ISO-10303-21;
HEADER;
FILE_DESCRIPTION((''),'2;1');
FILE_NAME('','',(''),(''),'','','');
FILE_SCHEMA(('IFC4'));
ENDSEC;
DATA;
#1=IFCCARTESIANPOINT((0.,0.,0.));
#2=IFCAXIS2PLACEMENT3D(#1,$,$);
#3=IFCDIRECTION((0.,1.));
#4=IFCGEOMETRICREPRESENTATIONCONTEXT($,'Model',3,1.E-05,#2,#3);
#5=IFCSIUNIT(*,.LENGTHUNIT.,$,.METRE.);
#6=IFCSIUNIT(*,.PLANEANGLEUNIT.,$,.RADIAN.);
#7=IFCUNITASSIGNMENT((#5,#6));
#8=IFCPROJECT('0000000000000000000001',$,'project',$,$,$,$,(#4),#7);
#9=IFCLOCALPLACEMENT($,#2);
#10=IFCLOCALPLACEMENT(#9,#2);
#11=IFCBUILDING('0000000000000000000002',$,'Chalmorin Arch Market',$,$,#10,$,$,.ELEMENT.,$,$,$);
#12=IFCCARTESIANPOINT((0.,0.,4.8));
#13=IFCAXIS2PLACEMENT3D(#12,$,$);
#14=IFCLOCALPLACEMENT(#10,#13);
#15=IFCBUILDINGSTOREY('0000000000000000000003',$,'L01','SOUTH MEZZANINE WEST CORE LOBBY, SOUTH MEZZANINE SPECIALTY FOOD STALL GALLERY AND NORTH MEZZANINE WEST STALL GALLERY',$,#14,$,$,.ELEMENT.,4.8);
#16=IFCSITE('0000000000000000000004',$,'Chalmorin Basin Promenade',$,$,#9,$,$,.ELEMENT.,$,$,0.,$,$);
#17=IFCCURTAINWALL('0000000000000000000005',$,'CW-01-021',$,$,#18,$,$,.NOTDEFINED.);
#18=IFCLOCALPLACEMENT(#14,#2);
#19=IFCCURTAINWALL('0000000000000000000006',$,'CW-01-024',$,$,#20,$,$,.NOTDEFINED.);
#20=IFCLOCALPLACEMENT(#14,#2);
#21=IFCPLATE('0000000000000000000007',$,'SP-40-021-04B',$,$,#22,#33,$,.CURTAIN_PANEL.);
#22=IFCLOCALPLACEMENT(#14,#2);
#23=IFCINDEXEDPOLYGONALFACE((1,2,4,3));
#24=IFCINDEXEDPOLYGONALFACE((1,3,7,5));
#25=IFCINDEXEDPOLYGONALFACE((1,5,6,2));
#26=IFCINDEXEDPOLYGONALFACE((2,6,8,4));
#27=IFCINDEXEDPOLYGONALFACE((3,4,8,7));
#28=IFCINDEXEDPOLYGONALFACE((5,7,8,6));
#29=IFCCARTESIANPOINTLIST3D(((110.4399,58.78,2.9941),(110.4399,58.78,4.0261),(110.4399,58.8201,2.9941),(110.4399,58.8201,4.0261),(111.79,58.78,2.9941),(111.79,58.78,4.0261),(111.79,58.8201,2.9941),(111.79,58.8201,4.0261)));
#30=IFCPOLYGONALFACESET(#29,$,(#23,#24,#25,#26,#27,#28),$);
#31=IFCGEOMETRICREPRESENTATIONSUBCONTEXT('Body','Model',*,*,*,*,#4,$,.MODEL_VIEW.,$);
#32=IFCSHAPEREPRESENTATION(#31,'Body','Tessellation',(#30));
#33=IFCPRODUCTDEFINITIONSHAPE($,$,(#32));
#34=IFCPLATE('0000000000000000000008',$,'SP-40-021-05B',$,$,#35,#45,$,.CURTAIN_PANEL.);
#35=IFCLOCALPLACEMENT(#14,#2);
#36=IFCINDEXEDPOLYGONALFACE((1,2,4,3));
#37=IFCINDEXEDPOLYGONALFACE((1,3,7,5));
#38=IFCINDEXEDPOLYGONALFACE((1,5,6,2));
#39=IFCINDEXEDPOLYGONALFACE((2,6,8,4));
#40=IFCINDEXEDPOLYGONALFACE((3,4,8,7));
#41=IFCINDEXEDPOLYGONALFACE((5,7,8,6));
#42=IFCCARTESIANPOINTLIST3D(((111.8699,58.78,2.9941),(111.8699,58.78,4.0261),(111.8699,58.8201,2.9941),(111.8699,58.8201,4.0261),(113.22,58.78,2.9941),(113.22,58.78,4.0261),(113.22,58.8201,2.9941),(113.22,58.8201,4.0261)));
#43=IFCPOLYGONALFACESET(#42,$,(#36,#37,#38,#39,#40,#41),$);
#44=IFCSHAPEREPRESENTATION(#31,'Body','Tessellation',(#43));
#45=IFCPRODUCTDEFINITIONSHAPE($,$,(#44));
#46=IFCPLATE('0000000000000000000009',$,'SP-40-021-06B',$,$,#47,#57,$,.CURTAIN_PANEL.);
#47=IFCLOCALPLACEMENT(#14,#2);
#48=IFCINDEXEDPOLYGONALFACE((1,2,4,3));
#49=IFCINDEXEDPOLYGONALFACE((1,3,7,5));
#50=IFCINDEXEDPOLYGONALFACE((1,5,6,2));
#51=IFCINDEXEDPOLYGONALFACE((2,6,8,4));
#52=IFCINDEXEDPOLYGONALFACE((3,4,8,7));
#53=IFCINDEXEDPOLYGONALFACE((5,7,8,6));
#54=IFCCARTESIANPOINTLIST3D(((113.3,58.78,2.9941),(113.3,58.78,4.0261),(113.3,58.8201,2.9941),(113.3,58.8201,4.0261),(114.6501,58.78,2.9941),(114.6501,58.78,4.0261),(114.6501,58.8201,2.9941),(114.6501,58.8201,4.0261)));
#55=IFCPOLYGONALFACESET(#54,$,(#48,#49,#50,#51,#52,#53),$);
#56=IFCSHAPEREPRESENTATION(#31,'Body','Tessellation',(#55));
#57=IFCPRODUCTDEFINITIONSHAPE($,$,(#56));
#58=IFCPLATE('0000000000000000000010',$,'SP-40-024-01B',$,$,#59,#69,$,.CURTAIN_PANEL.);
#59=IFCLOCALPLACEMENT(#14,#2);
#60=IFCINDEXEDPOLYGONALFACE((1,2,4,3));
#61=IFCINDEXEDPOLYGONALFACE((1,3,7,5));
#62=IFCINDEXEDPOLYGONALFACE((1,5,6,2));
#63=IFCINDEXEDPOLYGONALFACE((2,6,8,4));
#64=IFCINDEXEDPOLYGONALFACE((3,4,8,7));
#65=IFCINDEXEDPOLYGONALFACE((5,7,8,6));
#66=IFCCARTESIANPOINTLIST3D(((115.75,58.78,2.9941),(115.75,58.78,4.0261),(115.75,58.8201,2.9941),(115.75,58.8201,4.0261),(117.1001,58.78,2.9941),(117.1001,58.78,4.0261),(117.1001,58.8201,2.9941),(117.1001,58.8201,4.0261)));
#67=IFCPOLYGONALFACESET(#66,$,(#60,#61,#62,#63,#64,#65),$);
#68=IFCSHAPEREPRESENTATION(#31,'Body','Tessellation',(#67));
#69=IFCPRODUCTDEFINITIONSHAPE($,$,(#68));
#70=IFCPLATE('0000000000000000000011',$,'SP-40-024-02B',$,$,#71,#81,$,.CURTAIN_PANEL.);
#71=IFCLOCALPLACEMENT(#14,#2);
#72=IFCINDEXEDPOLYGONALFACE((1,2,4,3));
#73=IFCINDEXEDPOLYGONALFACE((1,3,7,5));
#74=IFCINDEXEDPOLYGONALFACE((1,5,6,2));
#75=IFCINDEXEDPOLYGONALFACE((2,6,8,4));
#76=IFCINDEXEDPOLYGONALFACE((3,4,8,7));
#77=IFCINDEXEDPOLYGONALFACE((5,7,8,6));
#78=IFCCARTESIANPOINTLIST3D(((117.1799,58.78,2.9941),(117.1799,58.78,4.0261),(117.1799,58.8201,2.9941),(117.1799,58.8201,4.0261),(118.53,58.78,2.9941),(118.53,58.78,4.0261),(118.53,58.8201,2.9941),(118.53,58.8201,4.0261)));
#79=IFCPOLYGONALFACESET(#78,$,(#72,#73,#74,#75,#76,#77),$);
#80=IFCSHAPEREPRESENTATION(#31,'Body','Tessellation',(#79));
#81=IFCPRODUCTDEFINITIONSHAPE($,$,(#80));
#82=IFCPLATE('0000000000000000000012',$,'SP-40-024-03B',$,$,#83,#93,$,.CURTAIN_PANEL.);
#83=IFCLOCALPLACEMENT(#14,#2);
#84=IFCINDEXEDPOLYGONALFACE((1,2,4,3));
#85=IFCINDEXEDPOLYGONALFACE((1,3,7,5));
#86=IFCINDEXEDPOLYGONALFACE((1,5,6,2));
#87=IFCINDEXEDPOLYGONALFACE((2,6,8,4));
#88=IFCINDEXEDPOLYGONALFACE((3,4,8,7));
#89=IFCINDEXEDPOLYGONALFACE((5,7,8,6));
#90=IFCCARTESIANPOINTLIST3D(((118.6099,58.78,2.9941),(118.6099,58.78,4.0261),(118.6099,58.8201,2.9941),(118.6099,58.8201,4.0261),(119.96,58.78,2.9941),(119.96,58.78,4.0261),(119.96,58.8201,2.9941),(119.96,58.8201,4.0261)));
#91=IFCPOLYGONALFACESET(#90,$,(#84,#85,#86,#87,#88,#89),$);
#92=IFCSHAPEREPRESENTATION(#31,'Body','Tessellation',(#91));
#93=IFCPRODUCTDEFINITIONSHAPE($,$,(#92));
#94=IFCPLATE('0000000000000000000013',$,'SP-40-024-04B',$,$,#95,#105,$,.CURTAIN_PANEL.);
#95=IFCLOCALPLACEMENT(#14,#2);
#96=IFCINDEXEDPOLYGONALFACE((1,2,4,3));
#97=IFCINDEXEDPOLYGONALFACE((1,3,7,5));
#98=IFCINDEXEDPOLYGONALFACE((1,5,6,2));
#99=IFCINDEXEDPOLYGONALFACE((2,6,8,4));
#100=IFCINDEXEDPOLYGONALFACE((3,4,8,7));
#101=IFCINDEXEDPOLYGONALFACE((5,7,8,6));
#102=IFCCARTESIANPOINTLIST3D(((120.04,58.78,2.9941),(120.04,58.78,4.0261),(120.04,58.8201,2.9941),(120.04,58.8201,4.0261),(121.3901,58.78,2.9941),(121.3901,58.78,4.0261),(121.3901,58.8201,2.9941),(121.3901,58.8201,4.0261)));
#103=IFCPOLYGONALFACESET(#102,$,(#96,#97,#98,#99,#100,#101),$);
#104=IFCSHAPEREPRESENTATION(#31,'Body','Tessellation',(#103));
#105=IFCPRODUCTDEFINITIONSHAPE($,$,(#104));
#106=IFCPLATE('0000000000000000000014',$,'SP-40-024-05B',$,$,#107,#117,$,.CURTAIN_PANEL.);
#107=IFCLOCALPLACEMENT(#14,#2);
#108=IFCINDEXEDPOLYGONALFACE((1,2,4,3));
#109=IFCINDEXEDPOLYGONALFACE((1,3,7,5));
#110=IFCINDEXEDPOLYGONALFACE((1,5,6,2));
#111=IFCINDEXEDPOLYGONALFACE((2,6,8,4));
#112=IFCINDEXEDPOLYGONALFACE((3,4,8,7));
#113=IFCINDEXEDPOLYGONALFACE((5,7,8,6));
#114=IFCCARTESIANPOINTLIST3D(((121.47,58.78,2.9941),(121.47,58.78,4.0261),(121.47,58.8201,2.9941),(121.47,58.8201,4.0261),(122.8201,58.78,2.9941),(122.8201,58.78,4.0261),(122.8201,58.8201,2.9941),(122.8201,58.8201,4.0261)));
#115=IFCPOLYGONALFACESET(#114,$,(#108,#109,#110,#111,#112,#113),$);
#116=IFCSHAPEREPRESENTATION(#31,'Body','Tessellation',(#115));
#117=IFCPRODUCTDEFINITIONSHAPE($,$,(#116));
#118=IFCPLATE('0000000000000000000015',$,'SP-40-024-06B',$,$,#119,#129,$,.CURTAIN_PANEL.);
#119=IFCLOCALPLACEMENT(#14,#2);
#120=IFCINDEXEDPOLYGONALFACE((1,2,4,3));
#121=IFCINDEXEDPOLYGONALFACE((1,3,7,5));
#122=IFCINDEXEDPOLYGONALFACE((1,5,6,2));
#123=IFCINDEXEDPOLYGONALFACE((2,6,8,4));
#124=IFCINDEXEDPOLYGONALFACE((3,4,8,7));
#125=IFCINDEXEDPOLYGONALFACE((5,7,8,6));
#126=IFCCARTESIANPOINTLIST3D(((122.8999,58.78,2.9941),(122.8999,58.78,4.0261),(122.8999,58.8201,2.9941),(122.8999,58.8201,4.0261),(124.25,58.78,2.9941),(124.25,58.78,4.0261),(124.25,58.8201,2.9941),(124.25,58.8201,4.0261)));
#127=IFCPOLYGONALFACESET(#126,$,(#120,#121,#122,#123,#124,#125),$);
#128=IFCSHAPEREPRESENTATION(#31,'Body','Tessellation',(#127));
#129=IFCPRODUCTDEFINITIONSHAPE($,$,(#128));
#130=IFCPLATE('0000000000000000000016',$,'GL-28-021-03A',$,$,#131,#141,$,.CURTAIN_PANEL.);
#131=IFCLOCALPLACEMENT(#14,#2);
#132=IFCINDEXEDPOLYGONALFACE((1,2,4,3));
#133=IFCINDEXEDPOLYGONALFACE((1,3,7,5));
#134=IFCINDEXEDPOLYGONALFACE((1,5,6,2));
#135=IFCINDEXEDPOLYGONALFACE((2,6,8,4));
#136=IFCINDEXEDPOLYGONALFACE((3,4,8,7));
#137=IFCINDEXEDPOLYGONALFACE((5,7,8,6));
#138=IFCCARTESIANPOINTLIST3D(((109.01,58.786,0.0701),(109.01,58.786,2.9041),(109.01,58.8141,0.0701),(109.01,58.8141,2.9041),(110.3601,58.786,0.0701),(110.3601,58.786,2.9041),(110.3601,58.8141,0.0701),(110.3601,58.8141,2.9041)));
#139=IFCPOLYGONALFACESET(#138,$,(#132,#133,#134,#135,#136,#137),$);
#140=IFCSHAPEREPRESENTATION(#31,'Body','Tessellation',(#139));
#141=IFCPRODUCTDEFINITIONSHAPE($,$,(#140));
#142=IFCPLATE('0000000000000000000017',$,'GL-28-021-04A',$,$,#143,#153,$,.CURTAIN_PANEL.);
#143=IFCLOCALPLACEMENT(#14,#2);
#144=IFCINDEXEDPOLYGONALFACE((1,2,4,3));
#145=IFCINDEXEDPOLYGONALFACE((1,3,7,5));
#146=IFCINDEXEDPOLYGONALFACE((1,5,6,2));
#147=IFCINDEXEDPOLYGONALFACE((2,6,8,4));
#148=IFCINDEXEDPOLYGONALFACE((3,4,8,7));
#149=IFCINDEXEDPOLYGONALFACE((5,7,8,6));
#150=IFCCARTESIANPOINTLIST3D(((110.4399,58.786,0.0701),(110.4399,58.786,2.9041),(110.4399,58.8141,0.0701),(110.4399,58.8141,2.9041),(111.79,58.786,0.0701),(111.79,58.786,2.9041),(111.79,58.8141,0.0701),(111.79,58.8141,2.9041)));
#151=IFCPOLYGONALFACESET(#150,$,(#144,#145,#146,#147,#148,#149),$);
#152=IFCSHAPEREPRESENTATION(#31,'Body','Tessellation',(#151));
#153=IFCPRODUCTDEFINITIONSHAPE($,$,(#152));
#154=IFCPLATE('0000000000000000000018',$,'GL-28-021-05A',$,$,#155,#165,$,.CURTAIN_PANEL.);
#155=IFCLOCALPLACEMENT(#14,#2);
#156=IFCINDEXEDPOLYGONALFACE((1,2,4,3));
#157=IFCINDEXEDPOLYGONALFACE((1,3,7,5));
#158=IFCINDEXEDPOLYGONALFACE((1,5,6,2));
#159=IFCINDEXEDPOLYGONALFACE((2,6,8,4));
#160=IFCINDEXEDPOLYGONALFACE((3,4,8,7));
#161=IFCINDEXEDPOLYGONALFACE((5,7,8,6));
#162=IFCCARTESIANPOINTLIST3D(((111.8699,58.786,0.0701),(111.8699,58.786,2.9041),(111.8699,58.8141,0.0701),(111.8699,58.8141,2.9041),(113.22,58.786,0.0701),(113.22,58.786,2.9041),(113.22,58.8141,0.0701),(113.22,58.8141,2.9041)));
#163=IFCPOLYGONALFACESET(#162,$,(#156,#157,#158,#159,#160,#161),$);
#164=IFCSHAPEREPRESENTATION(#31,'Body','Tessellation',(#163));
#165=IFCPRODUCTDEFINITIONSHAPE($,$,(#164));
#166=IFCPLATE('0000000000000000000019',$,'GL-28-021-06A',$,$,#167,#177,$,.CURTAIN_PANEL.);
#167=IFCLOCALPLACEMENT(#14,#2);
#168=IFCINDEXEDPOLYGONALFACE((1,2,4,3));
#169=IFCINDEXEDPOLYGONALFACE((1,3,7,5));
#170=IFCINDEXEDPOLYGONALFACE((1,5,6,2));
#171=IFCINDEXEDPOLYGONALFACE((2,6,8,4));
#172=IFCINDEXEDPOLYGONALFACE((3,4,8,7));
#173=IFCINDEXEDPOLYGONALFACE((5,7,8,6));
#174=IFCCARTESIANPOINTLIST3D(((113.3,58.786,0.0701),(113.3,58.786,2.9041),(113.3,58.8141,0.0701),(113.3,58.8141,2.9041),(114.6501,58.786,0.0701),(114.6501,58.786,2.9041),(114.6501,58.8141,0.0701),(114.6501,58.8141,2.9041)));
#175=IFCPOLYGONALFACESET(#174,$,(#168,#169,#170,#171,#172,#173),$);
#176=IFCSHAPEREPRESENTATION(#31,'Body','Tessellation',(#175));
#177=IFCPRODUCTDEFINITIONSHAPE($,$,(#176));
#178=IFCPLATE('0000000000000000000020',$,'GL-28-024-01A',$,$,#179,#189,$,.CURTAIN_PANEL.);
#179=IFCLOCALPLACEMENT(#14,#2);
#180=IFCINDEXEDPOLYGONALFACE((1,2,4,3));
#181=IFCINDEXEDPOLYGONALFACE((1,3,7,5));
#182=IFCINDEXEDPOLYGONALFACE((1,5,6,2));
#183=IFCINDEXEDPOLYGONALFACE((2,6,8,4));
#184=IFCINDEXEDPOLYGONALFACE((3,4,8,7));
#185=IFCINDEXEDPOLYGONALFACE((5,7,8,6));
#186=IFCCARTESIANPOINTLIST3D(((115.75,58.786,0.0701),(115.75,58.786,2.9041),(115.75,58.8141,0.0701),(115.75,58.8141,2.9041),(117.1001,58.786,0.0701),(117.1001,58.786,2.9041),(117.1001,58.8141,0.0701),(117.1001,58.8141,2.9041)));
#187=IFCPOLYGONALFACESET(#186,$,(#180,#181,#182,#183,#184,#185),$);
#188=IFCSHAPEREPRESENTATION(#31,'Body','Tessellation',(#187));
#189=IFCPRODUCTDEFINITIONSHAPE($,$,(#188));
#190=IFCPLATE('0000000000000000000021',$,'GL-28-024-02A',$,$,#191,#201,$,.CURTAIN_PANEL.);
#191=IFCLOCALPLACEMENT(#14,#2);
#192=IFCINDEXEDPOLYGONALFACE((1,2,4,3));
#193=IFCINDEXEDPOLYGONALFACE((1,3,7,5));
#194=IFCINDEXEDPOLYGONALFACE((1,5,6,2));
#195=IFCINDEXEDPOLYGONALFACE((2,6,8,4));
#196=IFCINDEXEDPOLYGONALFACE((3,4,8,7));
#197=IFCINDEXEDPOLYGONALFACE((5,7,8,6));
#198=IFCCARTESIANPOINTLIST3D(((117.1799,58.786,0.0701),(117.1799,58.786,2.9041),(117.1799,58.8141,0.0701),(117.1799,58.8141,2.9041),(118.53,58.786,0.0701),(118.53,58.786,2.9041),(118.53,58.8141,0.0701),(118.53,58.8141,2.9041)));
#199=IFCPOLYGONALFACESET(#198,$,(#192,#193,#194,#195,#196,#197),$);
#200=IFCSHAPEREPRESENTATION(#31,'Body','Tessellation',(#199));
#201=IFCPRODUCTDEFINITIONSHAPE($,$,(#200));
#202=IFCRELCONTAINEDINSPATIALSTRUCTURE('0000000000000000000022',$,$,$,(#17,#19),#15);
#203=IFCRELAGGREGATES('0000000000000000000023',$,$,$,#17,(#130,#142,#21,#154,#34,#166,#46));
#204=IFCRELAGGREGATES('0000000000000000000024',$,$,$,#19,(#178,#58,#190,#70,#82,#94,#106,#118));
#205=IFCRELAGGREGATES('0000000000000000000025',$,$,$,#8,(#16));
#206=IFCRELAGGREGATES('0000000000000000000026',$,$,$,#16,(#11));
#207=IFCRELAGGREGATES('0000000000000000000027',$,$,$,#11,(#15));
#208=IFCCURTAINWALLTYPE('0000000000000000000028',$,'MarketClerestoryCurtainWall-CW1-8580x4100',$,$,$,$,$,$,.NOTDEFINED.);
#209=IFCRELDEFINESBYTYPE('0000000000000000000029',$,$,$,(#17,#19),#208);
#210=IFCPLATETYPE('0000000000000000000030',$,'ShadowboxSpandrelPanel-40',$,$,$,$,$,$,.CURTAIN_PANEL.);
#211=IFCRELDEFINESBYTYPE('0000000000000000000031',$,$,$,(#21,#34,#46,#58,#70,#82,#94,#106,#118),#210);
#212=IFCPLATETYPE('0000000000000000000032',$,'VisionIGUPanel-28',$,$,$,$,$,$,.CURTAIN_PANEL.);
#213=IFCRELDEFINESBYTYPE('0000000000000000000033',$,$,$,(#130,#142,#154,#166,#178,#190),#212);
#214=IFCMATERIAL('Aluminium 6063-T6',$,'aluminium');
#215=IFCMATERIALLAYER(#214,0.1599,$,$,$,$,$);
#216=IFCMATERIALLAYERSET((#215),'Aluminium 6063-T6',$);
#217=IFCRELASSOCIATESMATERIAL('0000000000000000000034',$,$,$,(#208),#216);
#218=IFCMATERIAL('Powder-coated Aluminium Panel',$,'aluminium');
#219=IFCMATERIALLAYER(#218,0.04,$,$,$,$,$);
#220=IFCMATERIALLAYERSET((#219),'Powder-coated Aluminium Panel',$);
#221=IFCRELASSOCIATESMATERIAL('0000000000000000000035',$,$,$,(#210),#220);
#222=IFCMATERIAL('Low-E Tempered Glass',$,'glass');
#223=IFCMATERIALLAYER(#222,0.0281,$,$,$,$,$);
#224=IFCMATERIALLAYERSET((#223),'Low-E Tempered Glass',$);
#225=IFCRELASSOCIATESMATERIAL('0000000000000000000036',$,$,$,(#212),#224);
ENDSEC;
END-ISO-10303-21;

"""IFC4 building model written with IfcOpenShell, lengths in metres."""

from ifc_helpers import new_model, si_unit, direction, frame, origin, origin_2d, place, context, subcontext, project, spatial, rectangle, extrude, material, layer, layer_set, type_object, element, aggregate, save


model = new_model("IFC4")

# Units and contexts
model_context = context("Model", 3, precision=1e-05, world=origin(), true_north=direction((0.0, 1.0)))
body_context = subcontext(model_context, "Body", "Model", "MODEL_VIEW")
ifc_project = project(units=[si_unit("LENGTHUNIT", "METRE"), si_unit("PLANEANGLEUNIT", "RADIAN")], contexts=[model_context])

# Site, building, storey
site_placement = place(None, origin())
site = spatial("IfcSite", under=ifc_project, at=site_placement, Name="Chalmorin Basin Promenade", CompositionType="ELEMENT", RefElevation=0.0)
building_placement = place(site_placement, origin())
building = spatial("IfcBuilding", under=site, at=building_placement, Name="Chalmorin Arch Market", CompositionType="ELEMENT")
storey_placement = place(building_placement, frame((0.0, 0.0, 4.8)))
storey = spatial("IfcBuildingStorey", under=building, at=storey_placement, Name="L01", Description="SOUTH MEZZANINE WEST CORE LOBBY, SOUTH MEZZANINE SPECIALTY FOOD STALL GALLERY AND NORTH MEZZANINE WEST STALL GALLERY", CompositionType="ELEMENT", Elevation=4.8)

# Curtain walls
ifc_material_1 = material(Name="Aluminium 6063-T6", Category="aluminium")
ifc_layer_1 = layer(ifc_material_1, 0.1599)
ifc_layer_set_1 = layer_set([ifc_layer_1], Name="Aluminium 6063-T6")
curtain_wall_type = type_object("IfcCurtainWallType", Name="MarketClerestoryCurtainWall-CW1-8580x4100", PredefinedType="NOTDEFINED", material=ifc_layer_set_1)
curtain_wall_1_placement = place(storey_placement, origin())
curtain_wall_1 = element("IfcCurtainWall", 1, at=curtain_wall_1_placement, inside=storey, type_object=curtain_wall_type, Name="CW-01-021", PredefinedType="NOTDEFINED")
curtain_wall_2_placement = place(storey_placement, origin())
curtain_wall_2 = element("IfcCurtainWall", 2, at=curtain_wall_2_placement, inside=storey, type_object=curtain_wall_type, Name="CW-01-024", PredefinedType="NOTDEFINED")

# Plates
ifc_material_2 = material(Name="Powder-coated Aluminium Panel", Category="aluminium")
ifc_layer_2 = layer(ifc_material_2, 0.04)
ifc_layer_set_2 = layer_set([ifc_layer_2], Name="Powder-coated Aluminium Panel")
plate_type_1 = type_object("IfcPlateType", Name="ShadowboxSpandrelPanel-40", PredefinedType="CURTAIN_PANEL", material=ifc_layer_set_2)
plate_1_placement = place(storey_placement, frame((111.115, 58.8, 2.9941), z_axis=(0.0, 0.0, 1.0), x_axis=(1.0, 0.0, 0.0)))
plate_1 = element("IfcPlate", 3, at=plate_1_placement, type_object=plate_type_1, Name="SP-40-021-04B", PredefinedType="CURTAIN_PANEL", context=body_context, shape_type="SweptSolid", body=[
    extrude(rectangle(XDim=1.3501, YDim=0.04, at=origin_2d()), origin(), (0.0, 0.0, 1.0), 1.032),
])
plate_2_placement = place(storey_placement, frame((112.5449, 58.8, 2.9941), z_axis=(0.0, 0.0, 1.0), x_axis=(1.0, 0.0, 0.0)))
plate_2 = element("IfcPlate", 4, at=plate_2_placement, type_object=plate_type_1, Name="SP-40-021-05B", PredefinedType="CURTAIN_PANEL", context=body_context, shape_type="SweptSolid", body=[
    extrude(rectangle(XDim=1.3501, YDim=0.04, at=origin_2d()), origin(), (0.0, 0.0, 1.0), 1.032),
])
plate_3_placement = place(storey_placement, frame((113.9751, 58.8, 2.9941), z_axis=(0.0, 0.0, 1.0), x_axis=(1.0, 0.0, 0.0)))
plate_3 = element("IfcPlate", 5, at=plate_3_placement, type_object=plate_type_1, Name="SP-40-021-06B", PredefinedType="CURTAIN_PANEL", context=body_context, shape_type="SweptSolid", body=[
    extrude(rectangle(XDim=1.3501, YDim=0.04, at=origin_2d()), origin(), (0.0, 0.0, 1.0), 1.032),
])
plate_4_placement = place(storey_placement, frame((116.425, 58.8, 2.9941), z_axis=(0.0, 0.0, 1.0), x_axis=(1.0, 0.0, 0.0)))
plate_4 = element("IfcPlate", 6, at=plate_4_placement, type_object=plate_type_1, Name="SP-40-024-01B", PredefinedType="CURTAIN_PANEL", context=body_context, shape_type="SweptSolid", body=[
    extrude(rectangle(XDim=1.3501, YDim=0.04, at=origin_2d()), origin(), (0.0, 0.0, 1.0), 1.032),
])
plate_5_placement = place(storey_placement, frame((117.855, 58.8, 2.9941), z_axis=(0.0, 0.0, 1.0), x_axis=(1.0, 0.0, 0.0)))
plate_5 = element("IfcPlate", 7, at=plate_5_placement, type_object=plate_type_1, Name="SP-40-024-02B", PredefinedType="CURTAIN_PANEL", context=body_context, shape_type="SweptSolid", body=[
    extrude(rectangle(XDim=1.3501, YDim=0.04, at=origin_2d()), origin(), (0.0, 0.0, 1.0), 1.032),
])
plate_6_placement = place(storey_placement, frame((119.2849, 58.8, 2.9941), z_axis=(0.0, 0.0, 1.0), x_axis=(1.0, 0.0, 0.0)))
plate_6 = element("IfcPlate", 8, at=plate_6_placement, type_object=plate_type_1, Name="SP-40-024-03B", PredefinedType="CURTAIN_PANEL", context=body_context, shape_type="SweptSolid", body=[
    extrude(rectangle(XDim=1.3501, YDim=0.04, at=origin_2d()), origin(), (0.0, 0.0, 1.0), 1.032),
])
plate_7_placement = place(storey_placement, frame((120.7151, 58.8, 2.9941), z_axis=(0.0, 0.0, 1.0), x_axis=(1.0, 0.0, 0.0)))
plate_7 = element("IfcPlate", 9, at=plate_7_placement, type_object=plate_type_1, Name="SP-40-024-04B", PredefinedType="CURTAIN_PANEL", context=body_context, shape_type="SweptSolid", body=[
    extrude(rectangle(XDim=1.3501, YDim=0.04, at=origin_2d()), origin(), (0.0, 0.0, 1.0), 1.032),
])
plate_8_placement = place(storey_placement, frame((122.145, 58.8, 2.9941), z_axis=(0.0, 0.0, 1.0), x_axis=(1.0, 0.0, 0.0)))
plate_8 = element("IfcPlate", 10, at=plate_8_placement, type_object=plate_type_1, Name="SP-40-024-05B", PredefinedType="CURTAIN_PANEL", context=body_context, shape_type="SweptSolid", body=[
    extrude(rectangle(XDim=1.3501, YDim=0.04, at=origin_2d()), origin(), (0.0, 0.0, 1.0), 1.032),
])
plate_9_placement = place(storey_placement, frame((123.575, 58.8, 2.9941), z_axis=(0.0, 0.0, 1.0), x_axis=(1.0, 0.0, 0.0)))
plate_9 = element("IfcPlate", 11, at=plate_9_placement, type_object=plate_type_1, Name="SP-40-024-06B", PredefinedType="CURTAIN_PANEL", context=body_context, shape_type="SweptSolid", body=[
    extrude(rectangle(XDim=1.3501, YDim=0.04, at=origin_2d()), origin(), (0.0, 0.0, 1.0), 1.032),
])
ifc_material_3 = material(Name="Low-E Tempered Glass", Category="glass")
ifc_layer_3 = layer(ifc_material_3, 0.0281)
ifc_layer_set_3 = layer_set([ifc_layer_3], Name="Low-E Tempered Glass")
plate_type_2 = type_object("IfcPlateType", Name="VisionIGUPanel-28", PredefinedType="CURTAIN_PANEL", material=ifc_layer_set_3)
plate_10_placement = place(storey_placement, frame((109.6851, 58.8, 0.0701), z_axis=(0.0, 0.0, 1.0), x_axis=(1.0, 0.0, 0.0)))
plate_10 = element("IfcPlate", 12, at=plate_10_placement, type_object=plate_type_2, Name="GL-28-021-03A", PredefinedType="CURTAIN_PANEL", context=body_context, shape_type="SweptSolid", body=[
    extrude(rectangle(XDim=1.3501, YDim=0.0281, at=origin_2d()), origin(), (0.0, 0.0, 1.0), 2.834),
])
plate_11_placement = place(storey_placement, frame((111.115, 58.8, 0.0701), z_axis=(0.0, 0.0, 1.0), x_axis=(1.0, 0.0, 0.0)))
plate_11 = element("IfcPlate", 13, at=plate_11_placement, type_object=plate_type_2, Name="GL-28-021-04A", PredefinedType="CURTAIN_PANEL", context=body_context, shape_type="SweptSolid", body=[
    extrude(rectangle(XDim=1.3501, YDim=0.0281, at=origin_2d()), origin(), (0.0, 0.0, 1.0), 2.834),
])
plate_12_placement = place(storey_placement, frame((112.5449, 58.8, 0.0701), z_axis=(0.0, 0.0, 1.0), x_axis=(1.0, 0.0, 0.0)))
plate_12 = element("IfcPlate", 14, at=plate_12_placement, type_object=plate_type_2, Name="GL-28-021-05A", PredefinedType="CURTAIN_PANEL", context=body_context, shape_type="SweptSolid", body=[
    extrude(rectangle(XDim=1.3501, YDim=0.0281, at=origin_2d()), origin(), (0.0, 0.0, 1.0), 2.834),
])
plate_13_placement = place(storey_placement, frame((113.9751, 58.8, 0.0701), z_axis=(0.0, 0.0, 1.0), x_axis=(1.0, 0.0, 0.0)))
plate_13 = element("IfcPlate", 15, at=plate_13_placement, type_object=plate_type_2, Name="GL-28-021-06A", PredefinedType="CURTAIN_PANEL", context=body_context, shape_type="SweptSolid", body=[
    extrude(rectangle(XDim=1.3501, YDim=0.0281, at=origin_2d()), origin(), (0.0, 0.0, 1.0), 2.834),
])
aggregate(curtain_wall_1, [plate_10, plate_11, plate_1, plate_12, plate_2, plate_13, plate_3])
plate_14_placement = place(storey_placement, frame((116.425, 58.8, 0.0701), z_axis=(0.0, 0.0, 1.0), x_axis=(1.0, 0.0, 0.0)))
plate_14 = element("IfcPlate", 16, at=plate_14_placement, type_object=plate_type_2, Name="GL-28-024-01A", PredefinedType="CURTAIN_PANEL", context=body_context, shape_type="SweptSolid", body=[
    extrude(rectangle(XDim=1.3501, YDim=0.0281, at=origin_2d()), origin(), (0.0, 0.0, 1.0), 2.834),
])
plate_15_placement = place(storey_placement, frame((117.855, 58.8, 0.0701), z_axis=(0.0, 0.0, 1.0), x_axis=(1.0, 0.0, 0.0)))
plate_15 = element("IfcPlate", 17, at=plate_15_placement, type_object=plate_type_2, Name="GL-28-024-02A", PredefinedType="CURTAIN_PANEL", context=body_context, shape_type="SweptSolid", body=[
    extrude(rectangle(XDim=1.3501, YDim=0.0281, at=origin_2d()), origin(), (0.0, 0.0, 1.0), 2.834),
])
aggregate(curtain_wall_2, [plate_14, plate_4, plate_15, plate_5, plate_6, plate_7, plate_8, plate_9])

save(model, "model.ifc")
